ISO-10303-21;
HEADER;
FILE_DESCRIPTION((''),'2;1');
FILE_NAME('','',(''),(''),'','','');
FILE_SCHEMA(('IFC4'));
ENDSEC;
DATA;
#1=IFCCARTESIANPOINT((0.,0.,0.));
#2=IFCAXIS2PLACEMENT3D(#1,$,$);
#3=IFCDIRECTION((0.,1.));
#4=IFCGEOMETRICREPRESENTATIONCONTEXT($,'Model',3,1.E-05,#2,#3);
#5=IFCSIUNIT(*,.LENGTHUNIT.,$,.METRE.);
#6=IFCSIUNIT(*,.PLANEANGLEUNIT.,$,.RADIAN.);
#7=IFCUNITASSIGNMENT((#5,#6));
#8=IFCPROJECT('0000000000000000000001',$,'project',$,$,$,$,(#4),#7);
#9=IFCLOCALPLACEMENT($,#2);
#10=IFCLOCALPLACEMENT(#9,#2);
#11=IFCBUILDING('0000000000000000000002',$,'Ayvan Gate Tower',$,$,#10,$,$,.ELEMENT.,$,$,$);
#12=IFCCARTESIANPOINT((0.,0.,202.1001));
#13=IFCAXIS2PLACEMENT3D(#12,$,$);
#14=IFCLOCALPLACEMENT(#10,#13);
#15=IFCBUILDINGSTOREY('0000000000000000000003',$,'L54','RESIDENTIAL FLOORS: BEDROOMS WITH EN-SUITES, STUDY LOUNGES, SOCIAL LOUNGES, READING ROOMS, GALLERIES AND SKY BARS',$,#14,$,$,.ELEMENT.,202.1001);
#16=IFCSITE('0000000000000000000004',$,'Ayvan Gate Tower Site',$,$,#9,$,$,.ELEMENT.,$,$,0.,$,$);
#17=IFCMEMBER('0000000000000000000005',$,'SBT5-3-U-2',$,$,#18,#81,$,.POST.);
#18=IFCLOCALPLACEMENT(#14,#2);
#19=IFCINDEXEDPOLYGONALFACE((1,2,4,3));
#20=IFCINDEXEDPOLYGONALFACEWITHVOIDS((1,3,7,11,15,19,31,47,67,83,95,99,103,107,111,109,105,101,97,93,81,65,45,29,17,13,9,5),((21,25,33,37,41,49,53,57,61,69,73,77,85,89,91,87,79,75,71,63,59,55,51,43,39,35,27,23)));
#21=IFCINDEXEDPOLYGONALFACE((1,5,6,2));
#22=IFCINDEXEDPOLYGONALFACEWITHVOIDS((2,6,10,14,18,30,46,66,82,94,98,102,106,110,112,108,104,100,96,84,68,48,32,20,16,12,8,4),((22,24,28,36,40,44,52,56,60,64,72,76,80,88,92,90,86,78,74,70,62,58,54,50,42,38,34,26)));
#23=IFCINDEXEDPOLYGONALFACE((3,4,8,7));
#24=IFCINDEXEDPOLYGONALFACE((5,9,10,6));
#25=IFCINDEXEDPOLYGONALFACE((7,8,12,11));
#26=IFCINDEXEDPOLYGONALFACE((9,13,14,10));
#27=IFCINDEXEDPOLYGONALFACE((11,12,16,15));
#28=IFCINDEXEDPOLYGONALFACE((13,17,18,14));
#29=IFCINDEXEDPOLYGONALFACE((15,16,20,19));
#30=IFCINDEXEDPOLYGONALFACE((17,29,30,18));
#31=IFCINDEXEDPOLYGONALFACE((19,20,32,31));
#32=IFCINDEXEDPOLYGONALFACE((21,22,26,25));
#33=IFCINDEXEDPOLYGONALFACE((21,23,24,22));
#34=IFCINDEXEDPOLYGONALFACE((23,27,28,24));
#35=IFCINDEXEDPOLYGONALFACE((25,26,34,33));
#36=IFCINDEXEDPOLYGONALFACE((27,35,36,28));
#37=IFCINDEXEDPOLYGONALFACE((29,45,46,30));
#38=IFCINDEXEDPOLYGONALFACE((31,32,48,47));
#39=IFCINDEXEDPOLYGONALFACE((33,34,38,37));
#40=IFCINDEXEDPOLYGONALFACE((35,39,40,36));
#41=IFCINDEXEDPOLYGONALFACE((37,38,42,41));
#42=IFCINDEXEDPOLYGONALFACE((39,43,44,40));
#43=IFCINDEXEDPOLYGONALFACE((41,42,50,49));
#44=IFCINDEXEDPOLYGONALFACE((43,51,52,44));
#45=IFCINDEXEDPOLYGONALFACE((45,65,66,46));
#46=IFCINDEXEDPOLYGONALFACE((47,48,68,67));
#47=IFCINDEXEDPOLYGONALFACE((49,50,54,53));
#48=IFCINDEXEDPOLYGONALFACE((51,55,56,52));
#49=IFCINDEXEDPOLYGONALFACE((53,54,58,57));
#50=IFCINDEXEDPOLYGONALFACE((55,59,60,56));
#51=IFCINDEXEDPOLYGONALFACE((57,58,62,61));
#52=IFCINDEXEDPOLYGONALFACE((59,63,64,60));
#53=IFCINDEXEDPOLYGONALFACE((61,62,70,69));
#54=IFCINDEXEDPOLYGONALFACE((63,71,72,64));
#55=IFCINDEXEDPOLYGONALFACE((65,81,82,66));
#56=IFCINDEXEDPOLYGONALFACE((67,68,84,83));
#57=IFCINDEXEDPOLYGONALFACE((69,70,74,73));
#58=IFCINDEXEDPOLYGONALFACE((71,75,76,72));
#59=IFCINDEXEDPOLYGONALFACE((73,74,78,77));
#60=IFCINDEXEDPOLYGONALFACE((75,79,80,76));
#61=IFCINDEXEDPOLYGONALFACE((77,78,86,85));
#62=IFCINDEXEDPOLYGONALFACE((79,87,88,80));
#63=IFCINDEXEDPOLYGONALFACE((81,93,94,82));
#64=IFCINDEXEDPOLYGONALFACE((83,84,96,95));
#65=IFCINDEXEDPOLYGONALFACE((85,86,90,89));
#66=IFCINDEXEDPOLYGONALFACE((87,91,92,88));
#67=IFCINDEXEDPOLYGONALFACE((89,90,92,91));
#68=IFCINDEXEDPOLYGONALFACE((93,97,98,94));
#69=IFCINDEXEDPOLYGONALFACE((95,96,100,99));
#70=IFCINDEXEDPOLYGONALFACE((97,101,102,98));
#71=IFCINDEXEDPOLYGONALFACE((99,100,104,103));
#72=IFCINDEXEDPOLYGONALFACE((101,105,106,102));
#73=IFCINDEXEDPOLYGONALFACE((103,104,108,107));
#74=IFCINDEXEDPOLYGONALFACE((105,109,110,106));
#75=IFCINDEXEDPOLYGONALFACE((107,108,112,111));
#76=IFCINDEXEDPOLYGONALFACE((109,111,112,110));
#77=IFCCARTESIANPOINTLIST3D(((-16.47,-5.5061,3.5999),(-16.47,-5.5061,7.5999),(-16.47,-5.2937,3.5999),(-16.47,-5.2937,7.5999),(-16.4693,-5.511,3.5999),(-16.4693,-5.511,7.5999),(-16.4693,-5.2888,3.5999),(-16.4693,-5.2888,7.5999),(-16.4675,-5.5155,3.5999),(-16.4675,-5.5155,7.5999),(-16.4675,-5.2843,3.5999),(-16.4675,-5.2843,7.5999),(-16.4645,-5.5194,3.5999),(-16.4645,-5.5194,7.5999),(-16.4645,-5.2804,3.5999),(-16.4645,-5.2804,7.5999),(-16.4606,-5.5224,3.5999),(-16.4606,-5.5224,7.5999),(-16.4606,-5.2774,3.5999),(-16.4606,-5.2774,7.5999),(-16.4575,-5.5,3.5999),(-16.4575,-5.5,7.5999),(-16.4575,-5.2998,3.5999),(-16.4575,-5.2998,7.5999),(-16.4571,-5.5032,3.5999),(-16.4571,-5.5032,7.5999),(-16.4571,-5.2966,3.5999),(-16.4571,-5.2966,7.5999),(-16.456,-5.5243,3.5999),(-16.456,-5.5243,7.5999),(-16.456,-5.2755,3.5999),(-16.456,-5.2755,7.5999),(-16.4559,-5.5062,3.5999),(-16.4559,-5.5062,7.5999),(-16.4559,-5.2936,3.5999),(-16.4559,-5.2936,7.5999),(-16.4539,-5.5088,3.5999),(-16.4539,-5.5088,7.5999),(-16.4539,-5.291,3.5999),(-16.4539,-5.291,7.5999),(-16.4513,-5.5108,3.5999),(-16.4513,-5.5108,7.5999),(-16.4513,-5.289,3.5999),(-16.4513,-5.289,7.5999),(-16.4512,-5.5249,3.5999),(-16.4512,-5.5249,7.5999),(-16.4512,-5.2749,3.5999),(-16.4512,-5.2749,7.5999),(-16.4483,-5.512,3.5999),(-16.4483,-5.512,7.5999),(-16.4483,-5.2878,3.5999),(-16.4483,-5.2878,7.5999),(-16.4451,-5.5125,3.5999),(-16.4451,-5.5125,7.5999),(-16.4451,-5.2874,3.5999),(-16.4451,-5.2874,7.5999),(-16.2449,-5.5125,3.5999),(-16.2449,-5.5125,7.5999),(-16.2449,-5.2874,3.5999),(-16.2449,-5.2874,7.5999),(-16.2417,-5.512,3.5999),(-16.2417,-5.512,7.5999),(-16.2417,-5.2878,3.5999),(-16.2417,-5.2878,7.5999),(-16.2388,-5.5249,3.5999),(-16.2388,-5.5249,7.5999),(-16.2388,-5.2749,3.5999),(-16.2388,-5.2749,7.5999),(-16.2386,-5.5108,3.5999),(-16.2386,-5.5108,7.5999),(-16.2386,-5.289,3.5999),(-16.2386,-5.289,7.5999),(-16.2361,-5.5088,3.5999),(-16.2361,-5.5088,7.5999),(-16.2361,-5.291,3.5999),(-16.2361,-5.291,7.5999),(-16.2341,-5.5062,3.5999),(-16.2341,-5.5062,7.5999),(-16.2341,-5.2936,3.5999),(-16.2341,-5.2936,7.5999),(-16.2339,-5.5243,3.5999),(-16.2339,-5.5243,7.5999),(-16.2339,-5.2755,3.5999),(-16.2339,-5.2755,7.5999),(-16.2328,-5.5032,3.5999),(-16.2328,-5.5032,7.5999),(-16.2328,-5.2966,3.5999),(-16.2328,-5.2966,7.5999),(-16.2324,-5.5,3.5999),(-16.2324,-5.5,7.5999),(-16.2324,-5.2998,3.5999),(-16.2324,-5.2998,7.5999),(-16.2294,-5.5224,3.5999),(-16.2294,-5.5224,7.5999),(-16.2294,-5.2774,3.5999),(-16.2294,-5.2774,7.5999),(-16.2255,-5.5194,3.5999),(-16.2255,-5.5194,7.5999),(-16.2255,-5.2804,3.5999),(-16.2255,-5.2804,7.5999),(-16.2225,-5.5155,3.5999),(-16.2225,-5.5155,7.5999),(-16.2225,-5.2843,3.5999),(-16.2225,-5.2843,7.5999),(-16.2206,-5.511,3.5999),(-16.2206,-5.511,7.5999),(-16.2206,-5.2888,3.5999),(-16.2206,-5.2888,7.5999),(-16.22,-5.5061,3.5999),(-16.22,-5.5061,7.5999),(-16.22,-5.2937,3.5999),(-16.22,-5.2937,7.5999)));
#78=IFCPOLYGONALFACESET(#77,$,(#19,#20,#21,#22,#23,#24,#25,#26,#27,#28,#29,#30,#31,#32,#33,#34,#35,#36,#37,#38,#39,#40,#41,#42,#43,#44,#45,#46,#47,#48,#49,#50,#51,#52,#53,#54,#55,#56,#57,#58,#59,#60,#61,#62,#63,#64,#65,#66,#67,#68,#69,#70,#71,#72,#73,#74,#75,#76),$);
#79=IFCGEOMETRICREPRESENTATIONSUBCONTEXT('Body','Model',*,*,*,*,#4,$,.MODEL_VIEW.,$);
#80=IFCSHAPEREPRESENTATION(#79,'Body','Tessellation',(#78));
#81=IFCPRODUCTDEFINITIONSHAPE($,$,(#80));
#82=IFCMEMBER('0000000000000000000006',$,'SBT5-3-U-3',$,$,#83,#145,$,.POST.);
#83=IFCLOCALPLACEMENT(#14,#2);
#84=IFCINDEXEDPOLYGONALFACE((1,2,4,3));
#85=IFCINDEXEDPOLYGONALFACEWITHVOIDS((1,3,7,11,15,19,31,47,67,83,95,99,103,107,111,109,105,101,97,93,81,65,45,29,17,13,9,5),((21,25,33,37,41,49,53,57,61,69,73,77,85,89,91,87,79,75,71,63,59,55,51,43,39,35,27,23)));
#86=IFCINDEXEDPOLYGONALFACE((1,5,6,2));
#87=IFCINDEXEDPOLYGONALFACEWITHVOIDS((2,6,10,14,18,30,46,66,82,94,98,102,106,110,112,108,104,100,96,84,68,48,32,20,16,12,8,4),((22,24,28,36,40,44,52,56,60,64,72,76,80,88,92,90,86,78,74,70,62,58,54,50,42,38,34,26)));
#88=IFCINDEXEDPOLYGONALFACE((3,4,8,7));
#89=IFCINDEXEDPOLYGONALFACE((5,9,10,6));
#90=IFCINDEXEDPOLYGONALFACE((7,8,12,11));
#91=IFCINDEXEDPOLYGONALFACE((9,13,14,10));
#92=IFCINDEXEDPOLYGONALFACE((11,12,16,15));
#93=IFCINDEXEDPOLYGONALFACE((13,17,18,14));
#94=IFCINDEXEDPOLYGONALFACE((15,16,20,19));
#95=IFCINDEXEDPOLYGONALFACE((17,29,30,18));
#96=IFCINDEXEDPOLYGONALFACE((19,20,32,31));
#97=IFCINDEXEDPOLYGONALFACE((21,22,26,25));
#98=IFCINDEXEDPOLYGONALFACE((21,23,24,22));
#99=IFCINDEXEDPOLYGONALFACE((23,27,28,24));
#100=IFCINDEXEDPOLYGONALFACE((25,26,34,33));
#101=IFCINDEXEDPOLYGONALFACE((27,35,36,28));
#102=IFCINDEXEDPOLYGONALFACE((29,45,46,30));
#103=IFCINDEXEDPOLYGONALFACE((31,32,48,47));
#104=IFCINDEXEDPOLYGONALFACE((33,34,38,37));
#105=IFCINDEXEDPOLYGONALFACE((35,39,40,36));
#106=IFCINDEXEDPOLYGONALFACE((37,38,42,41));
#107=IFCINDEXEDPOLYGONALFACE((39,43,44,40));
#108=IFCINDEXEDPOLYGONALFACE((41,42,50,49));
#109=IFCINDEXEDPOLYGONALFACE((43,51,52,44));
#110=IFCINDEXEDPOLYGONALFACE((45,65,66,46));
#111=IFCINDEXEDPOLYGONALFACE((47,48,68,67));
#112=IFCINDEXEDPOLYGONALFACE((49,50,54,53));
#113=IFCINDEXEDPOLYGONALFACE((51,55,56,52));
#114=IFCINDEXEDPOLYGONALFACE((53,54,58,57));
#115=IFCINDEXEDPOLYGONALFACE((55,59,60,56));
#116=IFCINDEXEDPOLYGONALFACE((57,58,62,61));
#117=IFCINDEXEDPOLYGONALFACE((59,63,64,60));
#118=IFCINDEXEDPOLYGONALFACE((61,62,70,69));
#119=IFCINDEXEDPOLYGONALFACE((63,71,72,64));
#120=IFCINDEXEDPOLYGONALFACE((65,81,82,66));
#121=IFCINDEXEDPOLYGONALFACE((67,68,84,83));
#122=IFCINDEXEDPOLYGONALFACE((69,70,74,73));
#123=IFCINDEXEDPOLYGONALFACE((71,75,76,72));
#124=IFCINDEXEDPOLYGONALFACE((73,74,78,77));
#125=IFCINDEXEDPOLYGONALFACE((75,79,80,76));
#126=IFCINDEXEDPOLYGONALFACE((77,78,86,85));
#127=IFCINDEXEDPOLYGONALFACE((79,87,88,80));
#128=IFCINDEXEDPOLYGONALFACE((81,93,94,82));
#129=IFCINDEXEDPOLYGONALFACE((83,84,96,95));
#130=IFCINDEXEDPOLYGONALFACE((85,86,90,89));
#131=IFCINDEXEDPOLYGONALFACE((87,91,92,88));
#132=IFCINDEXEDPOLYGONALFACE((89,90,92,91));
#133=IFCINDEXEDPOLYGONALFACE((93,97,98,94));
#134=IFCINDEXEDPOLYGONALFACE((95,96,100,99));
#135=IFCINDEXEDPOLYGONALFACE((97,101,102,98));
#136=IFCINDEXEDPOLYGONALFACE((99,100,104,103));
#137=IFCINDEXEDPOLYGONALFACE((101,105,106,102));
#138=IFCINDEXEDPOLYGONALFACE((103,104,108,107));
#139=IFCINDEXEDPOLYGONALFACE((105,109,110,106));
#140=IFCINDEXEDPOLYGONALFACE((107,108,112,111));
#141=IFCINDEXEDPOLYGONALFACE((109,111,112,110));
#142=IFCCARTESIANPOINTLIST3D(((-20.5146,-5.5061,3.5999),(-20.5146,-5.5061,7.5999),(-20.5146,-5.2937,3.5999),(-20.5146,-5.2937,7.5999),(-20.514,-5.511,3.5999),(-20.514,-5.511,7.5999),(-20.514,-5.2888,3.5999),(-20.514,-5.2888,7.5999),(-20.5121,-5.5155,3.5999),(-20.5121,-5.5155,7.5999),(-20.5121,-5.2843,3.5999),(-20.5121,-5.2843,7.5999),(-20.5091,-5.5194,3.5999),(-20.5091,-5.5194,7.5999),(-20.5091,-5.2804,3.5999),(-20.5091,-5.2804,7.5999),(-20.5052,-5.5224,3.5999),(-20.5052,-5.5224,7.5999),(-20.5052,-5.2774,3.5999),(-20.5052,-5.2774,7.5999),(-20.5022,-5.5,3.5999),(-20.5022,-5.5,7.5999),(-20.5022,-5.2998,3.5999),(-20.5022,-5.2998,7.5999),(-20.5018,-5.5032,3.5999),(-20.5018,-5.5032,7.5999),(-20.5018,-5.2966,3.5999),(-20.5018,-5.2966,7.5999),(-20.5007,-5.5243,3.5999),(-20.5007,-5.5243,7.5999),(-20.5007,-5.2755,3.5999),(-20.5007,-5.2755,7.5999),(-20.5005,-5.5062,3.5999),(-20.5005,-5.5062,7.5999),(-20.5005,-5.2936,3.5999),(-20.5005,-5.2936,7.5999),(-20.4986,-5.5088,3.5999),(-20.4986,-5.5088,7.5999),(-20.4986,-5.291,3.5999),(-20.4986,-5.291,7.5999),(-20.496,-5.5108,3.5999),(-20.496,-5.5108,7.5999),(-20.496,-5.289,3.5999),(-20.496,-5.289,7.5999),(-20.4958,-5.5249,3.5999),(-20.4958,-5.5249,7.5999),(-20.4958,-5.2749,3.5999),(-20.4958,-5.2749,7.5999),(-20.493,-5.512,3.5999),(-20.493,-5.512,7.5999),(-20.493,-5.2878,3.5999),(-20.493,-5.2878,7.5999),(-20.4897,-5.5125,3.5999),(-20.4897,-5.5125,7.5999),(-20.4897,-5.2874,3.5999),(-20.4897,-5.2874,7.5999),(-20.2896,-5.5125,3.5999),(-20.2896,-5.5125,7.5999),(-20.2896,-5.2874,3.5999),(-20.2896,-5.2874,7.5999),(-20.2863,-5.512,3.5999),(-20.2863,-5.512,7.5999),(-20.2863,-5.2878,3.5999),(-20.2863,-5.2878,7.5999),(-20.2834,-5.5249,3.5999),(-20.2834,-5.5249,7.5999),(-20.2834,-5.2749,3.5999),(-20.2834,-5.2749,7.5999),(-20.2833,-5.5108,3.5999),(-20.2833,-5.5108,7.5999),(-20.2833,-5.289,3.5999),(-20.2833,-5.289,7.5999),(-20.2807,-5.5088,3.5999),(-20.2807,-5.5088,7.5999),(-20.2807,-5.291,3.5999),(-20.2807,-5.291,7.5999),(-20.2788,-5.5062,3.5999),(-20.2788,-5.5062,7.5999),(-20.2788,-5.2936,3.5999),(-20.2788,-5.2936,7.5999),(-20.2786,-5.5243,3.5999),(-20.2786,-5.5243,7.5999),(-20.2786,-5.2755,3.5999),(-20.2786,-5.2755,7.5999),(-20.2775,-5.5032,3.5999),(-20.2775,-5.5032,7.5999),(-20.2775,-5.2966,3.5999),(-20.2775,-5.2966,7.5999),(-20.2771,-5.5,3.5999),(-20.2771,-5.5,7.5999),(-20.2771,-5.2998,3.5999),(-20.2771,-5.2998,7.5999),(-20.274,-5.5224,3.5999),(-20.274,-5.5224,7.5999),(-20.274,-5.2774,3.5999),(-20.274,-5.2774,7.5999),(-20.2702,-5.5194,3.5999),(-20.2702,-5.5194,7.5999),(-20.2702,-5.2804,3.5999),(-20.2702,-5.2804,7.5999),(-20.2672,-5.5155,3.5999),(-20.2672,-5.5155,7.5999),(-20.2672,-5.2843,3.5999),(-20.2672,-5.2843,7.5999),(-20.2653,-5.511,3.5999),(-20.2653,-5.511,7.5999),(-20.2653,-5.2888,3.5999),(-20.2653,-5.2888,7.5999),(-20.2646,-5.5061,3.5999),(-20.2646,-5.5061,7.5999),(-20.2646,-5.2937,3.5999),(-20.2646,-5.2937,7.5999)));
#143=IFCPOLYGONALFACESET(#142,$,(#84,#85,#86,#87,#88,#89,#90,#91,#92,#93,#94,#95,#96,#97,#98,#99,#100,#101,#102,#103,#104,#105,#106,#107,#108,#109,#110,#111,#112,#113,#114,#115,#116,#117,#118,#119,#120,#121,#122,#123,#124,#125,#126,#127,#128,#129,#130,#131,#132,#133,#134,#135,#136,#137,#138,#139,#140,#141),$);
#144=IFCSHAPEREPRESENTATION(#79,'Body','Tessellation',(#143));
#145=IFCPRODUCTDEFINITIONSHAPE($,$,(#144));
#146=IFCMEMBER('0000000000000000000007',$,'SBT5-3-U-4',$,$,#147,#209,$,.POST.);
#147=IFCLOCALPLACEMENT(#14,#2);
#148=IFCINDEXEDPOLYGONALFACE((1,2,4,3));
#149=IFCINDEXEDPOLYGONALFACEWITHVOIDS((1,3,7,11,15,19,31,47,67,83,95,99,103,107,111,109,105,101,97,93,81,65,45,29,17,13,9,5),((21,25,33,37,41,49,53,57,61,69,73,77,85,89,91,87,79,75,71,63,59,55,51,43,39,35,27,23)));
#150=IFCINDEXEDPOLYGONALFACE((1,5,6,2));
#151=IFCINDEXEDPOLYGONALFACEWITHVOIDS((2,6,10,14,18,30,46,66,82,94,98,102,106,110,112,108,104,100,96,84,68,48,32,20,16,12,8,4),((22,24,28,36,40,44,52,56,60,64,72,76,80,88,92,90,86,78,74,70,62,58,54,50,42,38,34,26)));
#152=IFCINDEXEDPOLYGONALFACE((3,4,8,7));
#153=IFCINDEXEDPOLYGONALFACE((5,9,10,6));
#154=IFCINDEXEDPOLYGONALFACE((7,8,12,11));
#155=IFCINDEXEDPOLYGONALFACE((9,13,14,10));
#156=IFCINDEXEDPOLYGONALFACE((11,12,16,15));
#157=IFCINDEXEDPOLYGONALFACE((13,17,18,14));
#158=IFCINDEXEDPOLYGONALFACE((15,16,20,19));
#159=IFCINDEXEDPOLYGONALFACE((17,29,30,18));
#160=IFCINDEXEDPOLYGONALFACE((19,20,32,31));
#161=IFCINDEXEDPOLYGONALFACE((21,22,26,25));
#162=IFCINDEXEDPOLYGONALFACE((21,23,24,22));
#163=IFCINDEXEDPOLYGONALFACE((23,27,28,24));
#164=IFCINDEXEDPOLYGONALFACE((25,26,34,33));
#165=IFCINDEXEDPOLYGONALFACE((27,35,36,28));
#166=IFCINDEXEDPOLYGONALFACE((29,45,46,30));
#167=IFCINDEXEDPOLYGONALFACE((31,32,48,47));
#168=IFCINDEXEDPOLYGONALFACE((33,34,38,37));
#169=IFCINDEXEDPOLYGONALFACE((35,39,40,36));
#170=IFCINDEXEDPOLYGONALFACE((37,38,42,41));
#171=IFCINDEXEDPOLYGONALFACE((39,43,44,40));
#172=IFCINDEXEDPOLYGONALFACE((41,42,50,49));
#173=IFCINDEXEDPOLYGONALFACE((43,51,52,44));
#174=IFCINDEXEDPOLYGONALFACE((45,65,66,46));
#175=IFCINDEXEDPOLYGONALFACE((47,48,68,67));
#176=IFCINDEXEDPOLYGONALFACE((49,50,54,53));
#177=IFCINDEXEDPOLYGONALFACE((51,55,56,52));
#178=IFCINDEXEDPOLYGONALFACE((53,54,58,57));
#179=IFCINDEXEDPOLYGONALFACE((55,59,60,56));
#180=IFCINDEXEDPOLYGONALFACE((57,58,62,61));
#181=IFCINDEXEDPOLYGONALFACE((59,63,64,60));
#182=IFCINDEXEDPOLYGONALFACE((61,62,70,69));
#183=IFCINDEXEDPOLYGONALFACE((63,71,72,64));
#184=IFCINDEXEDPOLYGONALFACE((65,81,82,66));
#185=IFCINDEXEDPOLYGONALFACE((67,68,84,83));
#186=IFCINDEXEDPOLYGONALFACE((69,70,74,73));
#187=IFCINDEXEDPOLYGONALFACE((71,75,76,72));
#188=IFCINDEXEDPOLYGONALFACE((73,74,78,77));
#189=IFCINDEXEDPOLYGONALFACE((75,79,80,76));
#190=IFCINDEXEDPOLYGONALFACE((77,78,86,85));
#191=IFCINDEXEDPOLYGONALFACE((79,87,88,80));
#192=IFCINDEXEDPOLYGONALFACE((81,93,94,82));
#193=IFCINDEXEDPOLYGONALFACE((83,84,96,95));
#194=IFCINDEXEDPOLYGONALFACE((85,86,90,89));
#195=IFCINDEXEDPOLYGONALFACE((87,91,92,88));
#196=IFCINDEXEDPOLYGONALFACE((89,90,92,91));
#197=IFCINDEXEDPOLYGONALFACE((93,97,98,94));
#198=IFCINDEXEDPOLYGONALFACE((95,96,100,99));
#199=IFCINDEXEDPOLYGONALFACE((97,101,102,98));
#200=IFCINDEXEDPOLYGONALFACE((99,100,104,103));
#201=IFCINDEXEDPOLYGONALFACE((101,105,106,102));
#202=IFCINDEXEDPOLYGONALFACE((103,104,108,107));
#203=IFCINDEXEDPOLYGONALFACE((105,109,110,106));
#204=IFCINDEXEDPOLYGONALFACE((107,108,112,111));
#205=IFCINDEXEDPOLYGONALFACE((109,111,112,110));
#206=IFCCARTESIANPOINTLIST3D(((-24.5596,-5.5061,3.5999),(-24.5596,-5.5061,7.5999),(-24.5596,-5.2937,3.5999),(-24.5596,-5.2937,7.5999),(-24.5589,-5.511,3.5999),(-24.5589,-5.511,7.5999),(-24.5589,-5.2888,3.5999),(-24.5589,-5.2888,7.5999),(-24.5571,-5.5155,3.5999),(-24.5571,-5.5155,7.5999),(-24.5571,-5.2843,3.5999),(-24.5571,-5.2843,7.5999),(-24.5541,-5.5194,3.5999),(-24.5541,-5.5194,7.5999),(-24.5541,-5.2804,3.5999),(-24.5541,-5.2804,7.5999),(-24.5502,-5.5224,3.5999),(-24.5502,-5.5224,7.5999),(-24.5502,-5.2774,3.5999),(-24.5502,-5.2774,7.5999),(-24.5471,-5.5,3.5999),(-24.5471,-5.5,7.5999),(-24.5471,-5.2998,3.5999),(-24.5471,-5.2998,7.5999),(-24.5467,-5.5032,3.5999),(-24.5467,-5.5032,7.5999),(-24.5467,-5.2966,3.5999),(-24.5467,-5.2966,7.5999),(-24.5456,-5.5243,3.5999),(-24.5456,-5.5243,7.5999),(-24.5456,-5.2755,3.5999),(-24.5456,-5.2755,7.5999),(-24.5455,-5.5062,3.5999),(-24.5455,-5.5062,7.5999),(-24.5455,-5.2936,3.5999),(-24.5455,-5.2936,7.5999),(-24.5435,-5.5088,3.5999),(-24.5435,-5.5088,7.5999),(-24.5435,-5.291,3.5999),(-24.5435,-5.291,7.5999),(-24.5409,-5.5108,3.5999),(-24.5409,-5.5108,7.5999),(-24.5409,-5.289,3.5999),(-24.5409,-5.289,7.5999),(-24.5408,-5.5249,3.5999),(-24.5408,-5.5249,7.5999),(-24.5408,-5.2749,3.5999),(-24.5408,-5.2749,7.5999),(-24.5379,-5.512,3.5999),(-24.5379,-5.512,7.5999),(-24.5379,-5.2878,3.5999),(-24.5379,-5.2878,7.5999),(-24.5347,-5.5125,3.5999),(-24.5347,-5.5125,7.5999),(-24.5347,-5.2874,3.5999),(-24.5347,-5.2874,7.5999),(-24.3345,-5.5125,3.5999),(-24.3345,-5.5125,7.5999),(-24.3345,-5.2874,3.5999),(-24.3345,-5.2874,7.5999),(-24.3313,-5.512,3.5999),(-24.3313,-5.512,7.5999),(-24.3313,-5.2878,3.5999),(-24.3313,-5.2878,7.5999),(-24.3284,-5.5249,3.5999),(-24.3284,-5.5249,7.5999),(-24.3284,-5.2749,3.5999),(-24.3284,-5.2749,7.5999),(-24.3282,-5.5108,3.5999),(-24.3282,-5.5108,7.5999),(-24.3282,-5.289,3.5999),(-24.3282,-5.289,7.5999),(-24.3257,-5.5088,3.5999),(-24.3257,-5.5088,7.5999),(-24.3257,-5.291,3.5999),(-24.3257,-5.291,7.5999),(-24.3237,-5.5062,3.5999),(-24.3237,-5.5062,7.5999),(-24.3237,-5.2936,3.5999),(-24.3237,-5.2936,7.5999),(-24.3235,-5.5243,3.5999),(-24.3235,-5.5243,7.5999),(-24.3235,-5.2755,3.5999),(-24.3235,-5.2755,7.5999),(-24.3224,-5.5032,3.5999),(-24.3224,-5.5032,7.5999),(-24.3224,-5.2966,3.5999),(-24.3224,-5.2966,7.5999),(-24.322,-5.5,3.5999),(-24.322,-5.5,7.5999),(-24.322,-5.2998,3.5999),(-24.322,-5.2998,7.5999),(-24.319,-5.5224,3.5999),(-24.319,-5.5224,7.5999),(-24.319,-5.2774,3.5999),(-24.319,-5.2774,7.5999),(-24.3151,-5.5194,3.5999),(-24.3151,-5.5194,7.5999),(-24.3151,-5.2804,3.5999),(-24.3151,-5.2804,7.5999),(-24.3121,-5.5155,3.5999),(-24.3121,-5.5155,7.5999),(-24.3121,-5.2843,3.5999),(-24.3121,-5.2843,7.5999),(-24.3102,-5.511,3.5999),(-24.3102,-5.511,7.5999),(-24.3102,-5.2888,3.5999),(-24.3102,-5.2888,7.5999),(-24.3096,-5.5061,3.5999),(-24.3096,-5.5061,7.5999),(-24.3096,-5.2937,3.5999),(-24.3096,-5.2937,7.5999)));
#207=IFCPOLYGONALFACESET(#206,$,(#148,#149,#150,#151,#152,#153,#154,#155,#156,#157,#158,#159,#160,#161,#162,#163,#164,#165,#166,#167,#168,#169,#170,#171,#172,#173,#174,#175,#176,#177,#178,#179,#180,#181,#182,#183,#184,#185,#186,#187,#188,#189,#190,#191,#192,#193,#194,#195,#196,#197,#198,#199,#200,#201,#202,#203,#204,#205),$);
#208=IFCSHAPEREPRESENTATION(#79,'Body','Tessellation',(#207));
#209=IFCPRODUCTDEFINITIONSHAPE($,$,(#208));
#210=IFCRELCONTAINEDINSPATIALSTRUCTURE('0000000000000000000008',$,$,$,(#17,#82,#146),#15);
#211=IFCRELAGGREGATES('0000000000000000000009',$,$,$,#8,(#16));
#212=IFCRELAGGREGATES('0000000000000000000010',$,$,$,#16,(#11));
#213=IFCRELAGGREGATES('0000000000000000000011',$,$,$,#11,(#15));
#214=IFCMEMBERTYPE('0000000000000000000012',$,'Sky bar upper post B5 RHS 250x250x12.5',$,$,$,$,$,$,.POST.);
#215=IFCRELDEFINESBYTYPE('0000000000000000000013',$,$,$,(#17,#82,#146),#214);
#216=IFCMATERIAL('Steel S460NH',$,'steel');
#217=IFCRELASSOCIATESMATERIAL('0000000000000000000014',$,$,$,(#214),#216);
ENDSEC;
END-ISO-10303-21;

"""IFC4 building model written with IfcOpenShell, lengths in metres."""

from ifc_helpers import new_model, si_unit, direction, frame, origin, origin_2d, place, context, subcontext, project, spatial, hollow_rectangle, extrude, material, material_profile, profile_set, type_object, element, save


model = new_model("IFC4")

# Units and contexts
model_context = context("Model", 3, precision=1e-05, world=origin(), true_north=direction((0.0, 1.0)))
body_context = subcontext(model_context, "Body", "Model", "MODEL_VIEW")
ifc_project = project(units=[si_unit("LENGTHUNIT", "METRE"), si_unit("PLANEANGLEUNIT", "RADIAN")], contexts=[model_context])

# Site, building, storey
site_placement = place(None, origin())
site = spatial("IfcSite", under=ifc_project, at=site_placement, Name="Ayvan Gate Tower Site", CompositionType="ELEMENT", RefElevation=0.0)
building_placement = place(site_placement, origin())
building = spatial("IfcBuilding", under=site, at=building_placement, Name="Ayvan Gate Tower", CompositionType="ELEMENT")
storey_placement = place(building_placement, frame((0.0, 0.0, 202.1001)))
storey = spatial("IfcBuildingStorey", under=building, at=storey_placement, Name="L54", Description="RESIDENTIAL FLOORS: BEDROOMS WITH EN-SUITES, STUDY LOUNGES, SOCIAL LOUNGES, READING ROOMS, GALLERIES AND SKY BARS", CompositionType="ELEMENT", Elevation=202.1001)

# Members
ifc_material_1 = material(Name="Steel S460NH", Category="steel")
ifc_material_profile_1 = material_profile(ifc_material_1, hollow_rectangle(XDim=0.25, YDim=0.25, WallThickness=0.0125, InnerFilletRadius=0.0125, OuterFilletRadius=0.0188, at=origin_2d()), Name="RHS 250x250x12.5")
ifc_profile_set_1 = profile_set([ifc_material_profile_1], Name="Steel S460NH")
member_type_1 = type_object("IfcMemberType", Name="Sky bar upper post B5 RHS 250x250x12.5", PredefinedType="POST", material=ifc_profile_set_1)
for number, where, z_axis, x_axis, name in (
    (1, (-16.345, -5.3999, 3.5999), (0.0, 0.0, 1.0), (1.0, 0.0, 0.0), "SBT5-3-U-2"),
    (2, (-20.3896, -5.3999, 3.5999), (0.0, 0.0, 1.0), (1.0, 0.0, 0.0), "SBT5-3-U-3"),
    (3, (-24.4346, -5.3999, 3.5999), (0.0, 0.0, 1.0), (1.0, 0.0, 0.0), "SBT5-3-U-4"),
):
    element("IfcMember", number, at=place(storey_placement, frame(where, z_axis=z_axis, x_axis=x_axis)), inside=storey, type_object=member_type_1, Name=name, PredefinedType="POST", context=body_context, shape_type="SweptSolid", body=[
        extrude(hollow_rectangle(XDim=0.25, YDim=0.25, WallThickness=0.0125, InnerFilletRadius=0.0125, OuterFilletRadius=0.0188, at=origin_2d()), origin(), (0.0, 0.0, 1.0), 4.0),
    ])

save(model, "model.ifc")
